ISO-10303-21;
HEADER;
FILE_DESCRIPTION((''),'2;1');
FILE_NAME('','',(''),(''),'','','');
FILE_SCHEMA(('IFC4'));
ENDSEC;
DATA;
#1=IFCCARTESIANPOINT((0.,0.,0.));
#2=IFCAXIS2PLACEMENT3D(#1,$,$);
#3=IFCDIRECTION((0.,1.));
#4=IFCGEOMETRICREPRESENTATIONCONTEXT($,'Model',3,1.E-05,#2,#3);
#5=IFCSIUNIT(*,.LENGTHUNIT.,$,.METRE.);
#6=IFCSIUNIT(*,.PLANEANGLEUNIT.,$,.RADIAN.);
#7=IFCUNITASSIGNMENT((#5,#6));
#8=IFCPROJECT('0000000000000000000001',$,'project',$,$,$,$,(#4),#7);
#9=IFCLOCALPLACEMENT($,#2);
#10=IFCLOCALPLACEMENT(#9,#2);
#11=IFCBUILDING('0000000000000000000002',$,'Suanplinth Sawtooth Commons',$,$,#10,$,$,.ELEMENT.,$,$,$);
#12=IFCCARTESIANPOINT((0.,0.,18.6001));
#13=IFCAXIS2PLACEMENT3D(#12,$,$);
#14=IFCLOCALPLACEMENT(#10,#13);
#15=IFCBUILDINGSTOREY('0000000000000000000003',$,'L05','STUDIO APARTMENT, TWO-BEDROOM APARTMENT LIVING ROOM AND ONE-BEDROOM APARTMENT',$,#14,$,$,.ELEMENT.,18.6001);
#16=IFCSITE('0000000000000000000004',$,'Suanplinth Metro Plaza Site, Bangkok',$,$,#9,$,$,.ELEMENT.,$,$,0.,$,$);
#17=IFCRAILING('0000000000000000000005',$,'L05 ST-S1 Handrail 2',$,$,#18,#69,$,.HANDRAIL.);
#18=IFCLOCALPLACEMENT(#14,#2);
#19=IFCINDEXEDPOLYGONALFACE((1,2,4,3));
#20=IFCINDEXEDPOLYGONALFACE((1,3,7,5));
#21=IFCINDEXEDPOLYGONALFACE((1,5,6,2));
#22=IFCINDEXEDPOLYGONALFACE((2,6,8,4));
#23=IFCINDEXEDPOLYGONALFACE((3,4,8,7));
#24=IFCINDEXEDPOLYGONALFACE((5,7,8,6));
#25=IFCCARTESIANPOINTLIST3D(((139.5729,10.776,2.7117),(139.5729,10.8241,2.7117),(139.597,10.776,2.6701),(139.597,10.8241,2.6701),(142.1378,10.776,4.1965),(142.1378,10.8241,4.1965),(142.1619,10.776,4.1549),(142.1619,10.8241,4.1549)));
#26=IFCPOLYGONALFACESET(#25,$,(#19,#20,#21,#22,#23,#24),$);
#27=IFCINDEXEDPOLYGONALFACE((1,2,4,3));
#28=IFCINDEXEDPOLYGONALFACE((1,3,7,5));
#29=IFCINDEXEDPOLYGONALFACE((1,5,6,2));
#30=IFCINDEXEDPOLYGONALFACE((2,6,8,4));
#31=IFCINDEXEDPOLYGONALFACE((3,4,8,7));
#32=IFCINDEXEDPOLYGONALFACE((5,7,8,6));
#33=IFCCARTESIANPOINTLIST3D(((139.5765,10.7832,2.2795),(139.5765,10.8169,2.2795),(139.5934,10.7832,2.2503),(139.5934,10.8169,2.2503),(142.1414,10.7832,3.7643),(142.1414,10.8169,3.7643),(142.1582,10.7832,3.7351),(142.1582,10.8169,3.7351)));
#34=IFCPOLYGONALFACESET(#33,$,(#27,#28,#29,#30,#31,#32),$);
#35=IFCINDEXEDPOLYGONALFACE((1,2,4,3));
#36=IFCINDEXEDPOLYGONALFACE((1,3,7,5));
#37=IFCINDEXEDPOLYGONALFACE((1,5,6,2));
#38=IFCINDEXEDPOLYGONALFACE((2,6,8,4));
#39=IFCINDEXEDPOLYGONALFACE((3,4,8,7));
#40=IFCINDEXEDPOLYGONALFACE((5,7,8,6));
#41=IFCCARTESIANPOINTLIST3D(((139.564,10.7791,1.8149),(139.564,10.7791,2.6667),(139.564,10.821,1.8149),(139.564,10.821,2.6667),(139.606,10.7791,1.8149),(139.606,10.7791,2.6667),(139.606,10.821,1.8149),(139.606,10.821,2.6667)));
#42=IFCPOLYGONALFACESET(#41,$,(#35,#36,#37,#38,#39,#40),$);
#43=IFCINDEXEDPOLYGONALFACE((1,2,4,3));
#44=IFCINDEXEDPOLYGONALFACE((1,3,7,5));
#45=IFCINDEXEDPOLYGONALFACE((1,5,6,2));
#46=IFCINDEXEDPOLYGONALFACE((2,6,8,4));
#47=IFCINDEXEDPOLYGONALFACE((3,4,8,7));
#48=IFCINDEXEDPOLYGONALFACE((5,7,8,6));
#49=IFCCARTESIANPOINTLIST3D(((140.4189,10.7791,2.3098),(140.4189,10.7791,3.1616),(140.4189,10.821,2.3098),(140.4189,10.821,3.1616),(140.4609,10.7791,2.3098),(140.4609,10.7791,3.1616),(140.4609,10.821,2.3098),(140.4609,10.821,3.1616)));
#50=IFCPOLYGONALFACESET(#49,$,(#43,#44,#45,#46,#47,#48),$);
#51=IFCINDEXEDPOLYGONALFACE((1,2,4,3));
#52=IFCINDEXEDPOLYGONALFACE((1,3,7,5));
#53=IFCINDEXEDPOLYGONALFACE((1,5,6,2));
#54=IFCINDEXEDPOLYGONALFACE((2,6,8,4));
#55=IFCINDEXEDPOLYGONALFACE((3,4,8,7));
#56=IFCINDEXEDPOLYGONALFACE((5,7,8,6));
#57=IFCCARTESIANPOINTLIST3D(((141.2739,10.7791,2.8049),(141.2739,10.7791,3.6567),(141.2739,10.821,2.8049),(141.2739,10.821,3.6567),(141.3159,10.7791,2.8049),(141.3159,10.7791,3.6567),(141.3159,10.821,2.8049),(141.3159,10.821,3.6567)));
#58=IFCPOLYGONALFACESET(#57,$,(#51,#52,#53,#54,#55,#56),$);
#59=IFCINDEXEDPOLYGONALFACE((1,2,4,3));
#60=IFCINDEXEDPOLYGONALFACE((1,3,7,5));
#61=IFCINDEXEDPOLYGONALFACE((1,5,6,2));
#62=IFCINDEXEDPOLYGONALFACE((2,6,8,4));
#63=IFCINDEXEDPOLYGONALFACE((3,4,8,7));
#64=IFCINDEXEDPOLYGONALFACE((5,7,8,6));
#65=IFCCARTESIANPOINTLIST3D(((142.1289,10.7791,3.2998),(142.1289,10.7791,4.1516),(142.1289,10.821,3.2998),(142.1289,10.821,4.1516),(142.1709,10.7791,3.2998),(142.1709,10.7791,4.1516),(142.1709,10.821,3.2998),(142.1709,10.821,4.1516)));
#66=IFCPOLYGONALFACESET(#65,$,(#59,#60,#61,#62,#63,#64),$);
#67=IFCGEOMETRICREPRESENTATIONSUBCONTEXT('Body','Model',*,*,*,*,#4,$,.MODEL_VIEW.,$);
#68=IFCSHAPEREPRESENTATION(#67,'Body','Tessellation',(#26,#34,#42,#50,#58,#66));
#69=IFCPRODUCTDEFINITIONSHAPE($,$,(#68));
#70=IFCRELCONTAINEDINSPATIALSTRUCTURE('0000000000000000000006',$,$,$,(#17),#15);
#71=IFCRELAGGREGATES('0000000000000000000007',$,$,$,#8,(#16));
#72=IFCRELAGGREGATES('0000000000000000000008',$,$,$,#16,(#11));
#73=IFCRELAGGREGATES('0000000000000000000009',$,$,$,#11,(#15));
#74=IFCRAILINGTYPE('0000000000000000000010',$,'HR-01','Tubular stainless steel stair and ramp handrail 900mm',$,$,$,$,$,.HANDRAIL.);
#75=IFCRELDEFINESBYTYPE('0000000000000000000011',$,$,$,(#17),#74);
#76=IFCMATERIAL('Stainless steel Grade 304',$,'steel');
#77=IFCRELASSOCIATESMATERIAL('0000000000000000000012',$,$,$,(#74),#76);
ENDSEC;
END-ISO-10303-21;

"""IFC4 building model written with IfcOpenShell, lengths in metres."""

from ifc_helpers import new_model, si_unit, direction, frame, origin, origin_2d, place, context, subcontext, project, spatial, rectangle, extrude, material, type_object, element, save


model = new_model("IFC4")

# Units and contexts
model_context = context("Model", 3, precision=1e-05, world=origin(), true_north=direction((0.0, 1.0)))
body_context = subcontext(model_context, "Body", "Model", "MODEL_VIEW")
ifc_project = project(units=[si_unit("LENGTHUNIT", "METRE"), si_unit("PLANEANGLEUNIT", "RADIAN")], contexts=[model_context])

# Site, building, storey
site_placement = place(None, origin())
site = spatial("IfcSite", under=ifc_project, at=site_placement, Name="Suanplinth Metro Plaza Site, Bangkok", CompositionType="ELEMENT", RefElevation=0.0)
building_placement = place(site_placement, origin())
building = spatial("IfcBuilding", under=site, at=building_placement, Name="Suanplinth Sawtooth Commons", CompositionType="ELEMENT")
storey_placement = place(building_placement, frame((0.0, 0.0, 18.6001)))
storey = spatial("IfcBuildingStorey", under=building, at=storey_placement, Name="L05", Description="STUDIO APARTMENT, TWO-BEDROOM APARTMENT LIVING ROOM AND ONE-BEDROOM APARTMENT", CompositionType="ELEMENT", Elevation=18.6001)

# Shared definitions
ifc_material_1 = material(Name="Stainless steel Grade 304", Category="steel")

# Railing
railing_type = type_object("IfcRailingType", Name="HR-01", Description="Tubular stainless steel stair and ramp handrail 900mm", PredefinedType="HANDRAIL", material=ifc_material_1)
railing_placement = place(storey_placement, frame((139.585, 10.8, 1.8149)))
element("IfcRailing", 1, at=railing_placement, inside=storey, type_object=railing_type, Name="L05 ST-S1 Handrail 2", PredefinedType="HANDRAIL", context=body_context, shape_type="SweptSolid", body=[
    extrude(rectangle(XDim=0.0481, YDim=0.0481, at=origin_2d()), frame((0.0, 0.0, 0.876), z_axis=(0.865441, 0.0, 0.50101), x_axis=(0.0, 1.0, 0.0)), (0.0, 0.0, 1.0), 2.9636),
    extrude(rectangle(XDim=0.0337, YDim=0.0337, at=origin_2d()), frame((0.0, 0.0, 0.45), z_axis=(0.865441, 0.0, 0.50101), x_axis=(0.0, 1.0, 0.0)), (0.0, 0.0, 1.0), 2.9636),
    extrude(rectangle(XDim=0.042, YDim=0.042, at=origin_2d()), origin(), (0.0, 0.0, 1.0), 0.8518),
    extrude(rectangle(XDim=0.042, YDim=0.042, at=origin_2d()), frame((0.855, 0.0, 0.4949)), (0.0, 0.0, 1.0), 0.8518),
    extrude(rectangle(XDim=0.042, YDim=0.042, at=origin_2d()), frame((1.71, 0.0, 0.99)), (0.0, 0.0, 1.0), 0.8518),
    extrude(rectangle(XDim=0.042, YDim=0.042, at=origin_2d()), frame((2.5649, 0.0, 1.4849)), (0.0, 0.0, 1.0), 0.8518),
])

save(model, "model.ifc")
